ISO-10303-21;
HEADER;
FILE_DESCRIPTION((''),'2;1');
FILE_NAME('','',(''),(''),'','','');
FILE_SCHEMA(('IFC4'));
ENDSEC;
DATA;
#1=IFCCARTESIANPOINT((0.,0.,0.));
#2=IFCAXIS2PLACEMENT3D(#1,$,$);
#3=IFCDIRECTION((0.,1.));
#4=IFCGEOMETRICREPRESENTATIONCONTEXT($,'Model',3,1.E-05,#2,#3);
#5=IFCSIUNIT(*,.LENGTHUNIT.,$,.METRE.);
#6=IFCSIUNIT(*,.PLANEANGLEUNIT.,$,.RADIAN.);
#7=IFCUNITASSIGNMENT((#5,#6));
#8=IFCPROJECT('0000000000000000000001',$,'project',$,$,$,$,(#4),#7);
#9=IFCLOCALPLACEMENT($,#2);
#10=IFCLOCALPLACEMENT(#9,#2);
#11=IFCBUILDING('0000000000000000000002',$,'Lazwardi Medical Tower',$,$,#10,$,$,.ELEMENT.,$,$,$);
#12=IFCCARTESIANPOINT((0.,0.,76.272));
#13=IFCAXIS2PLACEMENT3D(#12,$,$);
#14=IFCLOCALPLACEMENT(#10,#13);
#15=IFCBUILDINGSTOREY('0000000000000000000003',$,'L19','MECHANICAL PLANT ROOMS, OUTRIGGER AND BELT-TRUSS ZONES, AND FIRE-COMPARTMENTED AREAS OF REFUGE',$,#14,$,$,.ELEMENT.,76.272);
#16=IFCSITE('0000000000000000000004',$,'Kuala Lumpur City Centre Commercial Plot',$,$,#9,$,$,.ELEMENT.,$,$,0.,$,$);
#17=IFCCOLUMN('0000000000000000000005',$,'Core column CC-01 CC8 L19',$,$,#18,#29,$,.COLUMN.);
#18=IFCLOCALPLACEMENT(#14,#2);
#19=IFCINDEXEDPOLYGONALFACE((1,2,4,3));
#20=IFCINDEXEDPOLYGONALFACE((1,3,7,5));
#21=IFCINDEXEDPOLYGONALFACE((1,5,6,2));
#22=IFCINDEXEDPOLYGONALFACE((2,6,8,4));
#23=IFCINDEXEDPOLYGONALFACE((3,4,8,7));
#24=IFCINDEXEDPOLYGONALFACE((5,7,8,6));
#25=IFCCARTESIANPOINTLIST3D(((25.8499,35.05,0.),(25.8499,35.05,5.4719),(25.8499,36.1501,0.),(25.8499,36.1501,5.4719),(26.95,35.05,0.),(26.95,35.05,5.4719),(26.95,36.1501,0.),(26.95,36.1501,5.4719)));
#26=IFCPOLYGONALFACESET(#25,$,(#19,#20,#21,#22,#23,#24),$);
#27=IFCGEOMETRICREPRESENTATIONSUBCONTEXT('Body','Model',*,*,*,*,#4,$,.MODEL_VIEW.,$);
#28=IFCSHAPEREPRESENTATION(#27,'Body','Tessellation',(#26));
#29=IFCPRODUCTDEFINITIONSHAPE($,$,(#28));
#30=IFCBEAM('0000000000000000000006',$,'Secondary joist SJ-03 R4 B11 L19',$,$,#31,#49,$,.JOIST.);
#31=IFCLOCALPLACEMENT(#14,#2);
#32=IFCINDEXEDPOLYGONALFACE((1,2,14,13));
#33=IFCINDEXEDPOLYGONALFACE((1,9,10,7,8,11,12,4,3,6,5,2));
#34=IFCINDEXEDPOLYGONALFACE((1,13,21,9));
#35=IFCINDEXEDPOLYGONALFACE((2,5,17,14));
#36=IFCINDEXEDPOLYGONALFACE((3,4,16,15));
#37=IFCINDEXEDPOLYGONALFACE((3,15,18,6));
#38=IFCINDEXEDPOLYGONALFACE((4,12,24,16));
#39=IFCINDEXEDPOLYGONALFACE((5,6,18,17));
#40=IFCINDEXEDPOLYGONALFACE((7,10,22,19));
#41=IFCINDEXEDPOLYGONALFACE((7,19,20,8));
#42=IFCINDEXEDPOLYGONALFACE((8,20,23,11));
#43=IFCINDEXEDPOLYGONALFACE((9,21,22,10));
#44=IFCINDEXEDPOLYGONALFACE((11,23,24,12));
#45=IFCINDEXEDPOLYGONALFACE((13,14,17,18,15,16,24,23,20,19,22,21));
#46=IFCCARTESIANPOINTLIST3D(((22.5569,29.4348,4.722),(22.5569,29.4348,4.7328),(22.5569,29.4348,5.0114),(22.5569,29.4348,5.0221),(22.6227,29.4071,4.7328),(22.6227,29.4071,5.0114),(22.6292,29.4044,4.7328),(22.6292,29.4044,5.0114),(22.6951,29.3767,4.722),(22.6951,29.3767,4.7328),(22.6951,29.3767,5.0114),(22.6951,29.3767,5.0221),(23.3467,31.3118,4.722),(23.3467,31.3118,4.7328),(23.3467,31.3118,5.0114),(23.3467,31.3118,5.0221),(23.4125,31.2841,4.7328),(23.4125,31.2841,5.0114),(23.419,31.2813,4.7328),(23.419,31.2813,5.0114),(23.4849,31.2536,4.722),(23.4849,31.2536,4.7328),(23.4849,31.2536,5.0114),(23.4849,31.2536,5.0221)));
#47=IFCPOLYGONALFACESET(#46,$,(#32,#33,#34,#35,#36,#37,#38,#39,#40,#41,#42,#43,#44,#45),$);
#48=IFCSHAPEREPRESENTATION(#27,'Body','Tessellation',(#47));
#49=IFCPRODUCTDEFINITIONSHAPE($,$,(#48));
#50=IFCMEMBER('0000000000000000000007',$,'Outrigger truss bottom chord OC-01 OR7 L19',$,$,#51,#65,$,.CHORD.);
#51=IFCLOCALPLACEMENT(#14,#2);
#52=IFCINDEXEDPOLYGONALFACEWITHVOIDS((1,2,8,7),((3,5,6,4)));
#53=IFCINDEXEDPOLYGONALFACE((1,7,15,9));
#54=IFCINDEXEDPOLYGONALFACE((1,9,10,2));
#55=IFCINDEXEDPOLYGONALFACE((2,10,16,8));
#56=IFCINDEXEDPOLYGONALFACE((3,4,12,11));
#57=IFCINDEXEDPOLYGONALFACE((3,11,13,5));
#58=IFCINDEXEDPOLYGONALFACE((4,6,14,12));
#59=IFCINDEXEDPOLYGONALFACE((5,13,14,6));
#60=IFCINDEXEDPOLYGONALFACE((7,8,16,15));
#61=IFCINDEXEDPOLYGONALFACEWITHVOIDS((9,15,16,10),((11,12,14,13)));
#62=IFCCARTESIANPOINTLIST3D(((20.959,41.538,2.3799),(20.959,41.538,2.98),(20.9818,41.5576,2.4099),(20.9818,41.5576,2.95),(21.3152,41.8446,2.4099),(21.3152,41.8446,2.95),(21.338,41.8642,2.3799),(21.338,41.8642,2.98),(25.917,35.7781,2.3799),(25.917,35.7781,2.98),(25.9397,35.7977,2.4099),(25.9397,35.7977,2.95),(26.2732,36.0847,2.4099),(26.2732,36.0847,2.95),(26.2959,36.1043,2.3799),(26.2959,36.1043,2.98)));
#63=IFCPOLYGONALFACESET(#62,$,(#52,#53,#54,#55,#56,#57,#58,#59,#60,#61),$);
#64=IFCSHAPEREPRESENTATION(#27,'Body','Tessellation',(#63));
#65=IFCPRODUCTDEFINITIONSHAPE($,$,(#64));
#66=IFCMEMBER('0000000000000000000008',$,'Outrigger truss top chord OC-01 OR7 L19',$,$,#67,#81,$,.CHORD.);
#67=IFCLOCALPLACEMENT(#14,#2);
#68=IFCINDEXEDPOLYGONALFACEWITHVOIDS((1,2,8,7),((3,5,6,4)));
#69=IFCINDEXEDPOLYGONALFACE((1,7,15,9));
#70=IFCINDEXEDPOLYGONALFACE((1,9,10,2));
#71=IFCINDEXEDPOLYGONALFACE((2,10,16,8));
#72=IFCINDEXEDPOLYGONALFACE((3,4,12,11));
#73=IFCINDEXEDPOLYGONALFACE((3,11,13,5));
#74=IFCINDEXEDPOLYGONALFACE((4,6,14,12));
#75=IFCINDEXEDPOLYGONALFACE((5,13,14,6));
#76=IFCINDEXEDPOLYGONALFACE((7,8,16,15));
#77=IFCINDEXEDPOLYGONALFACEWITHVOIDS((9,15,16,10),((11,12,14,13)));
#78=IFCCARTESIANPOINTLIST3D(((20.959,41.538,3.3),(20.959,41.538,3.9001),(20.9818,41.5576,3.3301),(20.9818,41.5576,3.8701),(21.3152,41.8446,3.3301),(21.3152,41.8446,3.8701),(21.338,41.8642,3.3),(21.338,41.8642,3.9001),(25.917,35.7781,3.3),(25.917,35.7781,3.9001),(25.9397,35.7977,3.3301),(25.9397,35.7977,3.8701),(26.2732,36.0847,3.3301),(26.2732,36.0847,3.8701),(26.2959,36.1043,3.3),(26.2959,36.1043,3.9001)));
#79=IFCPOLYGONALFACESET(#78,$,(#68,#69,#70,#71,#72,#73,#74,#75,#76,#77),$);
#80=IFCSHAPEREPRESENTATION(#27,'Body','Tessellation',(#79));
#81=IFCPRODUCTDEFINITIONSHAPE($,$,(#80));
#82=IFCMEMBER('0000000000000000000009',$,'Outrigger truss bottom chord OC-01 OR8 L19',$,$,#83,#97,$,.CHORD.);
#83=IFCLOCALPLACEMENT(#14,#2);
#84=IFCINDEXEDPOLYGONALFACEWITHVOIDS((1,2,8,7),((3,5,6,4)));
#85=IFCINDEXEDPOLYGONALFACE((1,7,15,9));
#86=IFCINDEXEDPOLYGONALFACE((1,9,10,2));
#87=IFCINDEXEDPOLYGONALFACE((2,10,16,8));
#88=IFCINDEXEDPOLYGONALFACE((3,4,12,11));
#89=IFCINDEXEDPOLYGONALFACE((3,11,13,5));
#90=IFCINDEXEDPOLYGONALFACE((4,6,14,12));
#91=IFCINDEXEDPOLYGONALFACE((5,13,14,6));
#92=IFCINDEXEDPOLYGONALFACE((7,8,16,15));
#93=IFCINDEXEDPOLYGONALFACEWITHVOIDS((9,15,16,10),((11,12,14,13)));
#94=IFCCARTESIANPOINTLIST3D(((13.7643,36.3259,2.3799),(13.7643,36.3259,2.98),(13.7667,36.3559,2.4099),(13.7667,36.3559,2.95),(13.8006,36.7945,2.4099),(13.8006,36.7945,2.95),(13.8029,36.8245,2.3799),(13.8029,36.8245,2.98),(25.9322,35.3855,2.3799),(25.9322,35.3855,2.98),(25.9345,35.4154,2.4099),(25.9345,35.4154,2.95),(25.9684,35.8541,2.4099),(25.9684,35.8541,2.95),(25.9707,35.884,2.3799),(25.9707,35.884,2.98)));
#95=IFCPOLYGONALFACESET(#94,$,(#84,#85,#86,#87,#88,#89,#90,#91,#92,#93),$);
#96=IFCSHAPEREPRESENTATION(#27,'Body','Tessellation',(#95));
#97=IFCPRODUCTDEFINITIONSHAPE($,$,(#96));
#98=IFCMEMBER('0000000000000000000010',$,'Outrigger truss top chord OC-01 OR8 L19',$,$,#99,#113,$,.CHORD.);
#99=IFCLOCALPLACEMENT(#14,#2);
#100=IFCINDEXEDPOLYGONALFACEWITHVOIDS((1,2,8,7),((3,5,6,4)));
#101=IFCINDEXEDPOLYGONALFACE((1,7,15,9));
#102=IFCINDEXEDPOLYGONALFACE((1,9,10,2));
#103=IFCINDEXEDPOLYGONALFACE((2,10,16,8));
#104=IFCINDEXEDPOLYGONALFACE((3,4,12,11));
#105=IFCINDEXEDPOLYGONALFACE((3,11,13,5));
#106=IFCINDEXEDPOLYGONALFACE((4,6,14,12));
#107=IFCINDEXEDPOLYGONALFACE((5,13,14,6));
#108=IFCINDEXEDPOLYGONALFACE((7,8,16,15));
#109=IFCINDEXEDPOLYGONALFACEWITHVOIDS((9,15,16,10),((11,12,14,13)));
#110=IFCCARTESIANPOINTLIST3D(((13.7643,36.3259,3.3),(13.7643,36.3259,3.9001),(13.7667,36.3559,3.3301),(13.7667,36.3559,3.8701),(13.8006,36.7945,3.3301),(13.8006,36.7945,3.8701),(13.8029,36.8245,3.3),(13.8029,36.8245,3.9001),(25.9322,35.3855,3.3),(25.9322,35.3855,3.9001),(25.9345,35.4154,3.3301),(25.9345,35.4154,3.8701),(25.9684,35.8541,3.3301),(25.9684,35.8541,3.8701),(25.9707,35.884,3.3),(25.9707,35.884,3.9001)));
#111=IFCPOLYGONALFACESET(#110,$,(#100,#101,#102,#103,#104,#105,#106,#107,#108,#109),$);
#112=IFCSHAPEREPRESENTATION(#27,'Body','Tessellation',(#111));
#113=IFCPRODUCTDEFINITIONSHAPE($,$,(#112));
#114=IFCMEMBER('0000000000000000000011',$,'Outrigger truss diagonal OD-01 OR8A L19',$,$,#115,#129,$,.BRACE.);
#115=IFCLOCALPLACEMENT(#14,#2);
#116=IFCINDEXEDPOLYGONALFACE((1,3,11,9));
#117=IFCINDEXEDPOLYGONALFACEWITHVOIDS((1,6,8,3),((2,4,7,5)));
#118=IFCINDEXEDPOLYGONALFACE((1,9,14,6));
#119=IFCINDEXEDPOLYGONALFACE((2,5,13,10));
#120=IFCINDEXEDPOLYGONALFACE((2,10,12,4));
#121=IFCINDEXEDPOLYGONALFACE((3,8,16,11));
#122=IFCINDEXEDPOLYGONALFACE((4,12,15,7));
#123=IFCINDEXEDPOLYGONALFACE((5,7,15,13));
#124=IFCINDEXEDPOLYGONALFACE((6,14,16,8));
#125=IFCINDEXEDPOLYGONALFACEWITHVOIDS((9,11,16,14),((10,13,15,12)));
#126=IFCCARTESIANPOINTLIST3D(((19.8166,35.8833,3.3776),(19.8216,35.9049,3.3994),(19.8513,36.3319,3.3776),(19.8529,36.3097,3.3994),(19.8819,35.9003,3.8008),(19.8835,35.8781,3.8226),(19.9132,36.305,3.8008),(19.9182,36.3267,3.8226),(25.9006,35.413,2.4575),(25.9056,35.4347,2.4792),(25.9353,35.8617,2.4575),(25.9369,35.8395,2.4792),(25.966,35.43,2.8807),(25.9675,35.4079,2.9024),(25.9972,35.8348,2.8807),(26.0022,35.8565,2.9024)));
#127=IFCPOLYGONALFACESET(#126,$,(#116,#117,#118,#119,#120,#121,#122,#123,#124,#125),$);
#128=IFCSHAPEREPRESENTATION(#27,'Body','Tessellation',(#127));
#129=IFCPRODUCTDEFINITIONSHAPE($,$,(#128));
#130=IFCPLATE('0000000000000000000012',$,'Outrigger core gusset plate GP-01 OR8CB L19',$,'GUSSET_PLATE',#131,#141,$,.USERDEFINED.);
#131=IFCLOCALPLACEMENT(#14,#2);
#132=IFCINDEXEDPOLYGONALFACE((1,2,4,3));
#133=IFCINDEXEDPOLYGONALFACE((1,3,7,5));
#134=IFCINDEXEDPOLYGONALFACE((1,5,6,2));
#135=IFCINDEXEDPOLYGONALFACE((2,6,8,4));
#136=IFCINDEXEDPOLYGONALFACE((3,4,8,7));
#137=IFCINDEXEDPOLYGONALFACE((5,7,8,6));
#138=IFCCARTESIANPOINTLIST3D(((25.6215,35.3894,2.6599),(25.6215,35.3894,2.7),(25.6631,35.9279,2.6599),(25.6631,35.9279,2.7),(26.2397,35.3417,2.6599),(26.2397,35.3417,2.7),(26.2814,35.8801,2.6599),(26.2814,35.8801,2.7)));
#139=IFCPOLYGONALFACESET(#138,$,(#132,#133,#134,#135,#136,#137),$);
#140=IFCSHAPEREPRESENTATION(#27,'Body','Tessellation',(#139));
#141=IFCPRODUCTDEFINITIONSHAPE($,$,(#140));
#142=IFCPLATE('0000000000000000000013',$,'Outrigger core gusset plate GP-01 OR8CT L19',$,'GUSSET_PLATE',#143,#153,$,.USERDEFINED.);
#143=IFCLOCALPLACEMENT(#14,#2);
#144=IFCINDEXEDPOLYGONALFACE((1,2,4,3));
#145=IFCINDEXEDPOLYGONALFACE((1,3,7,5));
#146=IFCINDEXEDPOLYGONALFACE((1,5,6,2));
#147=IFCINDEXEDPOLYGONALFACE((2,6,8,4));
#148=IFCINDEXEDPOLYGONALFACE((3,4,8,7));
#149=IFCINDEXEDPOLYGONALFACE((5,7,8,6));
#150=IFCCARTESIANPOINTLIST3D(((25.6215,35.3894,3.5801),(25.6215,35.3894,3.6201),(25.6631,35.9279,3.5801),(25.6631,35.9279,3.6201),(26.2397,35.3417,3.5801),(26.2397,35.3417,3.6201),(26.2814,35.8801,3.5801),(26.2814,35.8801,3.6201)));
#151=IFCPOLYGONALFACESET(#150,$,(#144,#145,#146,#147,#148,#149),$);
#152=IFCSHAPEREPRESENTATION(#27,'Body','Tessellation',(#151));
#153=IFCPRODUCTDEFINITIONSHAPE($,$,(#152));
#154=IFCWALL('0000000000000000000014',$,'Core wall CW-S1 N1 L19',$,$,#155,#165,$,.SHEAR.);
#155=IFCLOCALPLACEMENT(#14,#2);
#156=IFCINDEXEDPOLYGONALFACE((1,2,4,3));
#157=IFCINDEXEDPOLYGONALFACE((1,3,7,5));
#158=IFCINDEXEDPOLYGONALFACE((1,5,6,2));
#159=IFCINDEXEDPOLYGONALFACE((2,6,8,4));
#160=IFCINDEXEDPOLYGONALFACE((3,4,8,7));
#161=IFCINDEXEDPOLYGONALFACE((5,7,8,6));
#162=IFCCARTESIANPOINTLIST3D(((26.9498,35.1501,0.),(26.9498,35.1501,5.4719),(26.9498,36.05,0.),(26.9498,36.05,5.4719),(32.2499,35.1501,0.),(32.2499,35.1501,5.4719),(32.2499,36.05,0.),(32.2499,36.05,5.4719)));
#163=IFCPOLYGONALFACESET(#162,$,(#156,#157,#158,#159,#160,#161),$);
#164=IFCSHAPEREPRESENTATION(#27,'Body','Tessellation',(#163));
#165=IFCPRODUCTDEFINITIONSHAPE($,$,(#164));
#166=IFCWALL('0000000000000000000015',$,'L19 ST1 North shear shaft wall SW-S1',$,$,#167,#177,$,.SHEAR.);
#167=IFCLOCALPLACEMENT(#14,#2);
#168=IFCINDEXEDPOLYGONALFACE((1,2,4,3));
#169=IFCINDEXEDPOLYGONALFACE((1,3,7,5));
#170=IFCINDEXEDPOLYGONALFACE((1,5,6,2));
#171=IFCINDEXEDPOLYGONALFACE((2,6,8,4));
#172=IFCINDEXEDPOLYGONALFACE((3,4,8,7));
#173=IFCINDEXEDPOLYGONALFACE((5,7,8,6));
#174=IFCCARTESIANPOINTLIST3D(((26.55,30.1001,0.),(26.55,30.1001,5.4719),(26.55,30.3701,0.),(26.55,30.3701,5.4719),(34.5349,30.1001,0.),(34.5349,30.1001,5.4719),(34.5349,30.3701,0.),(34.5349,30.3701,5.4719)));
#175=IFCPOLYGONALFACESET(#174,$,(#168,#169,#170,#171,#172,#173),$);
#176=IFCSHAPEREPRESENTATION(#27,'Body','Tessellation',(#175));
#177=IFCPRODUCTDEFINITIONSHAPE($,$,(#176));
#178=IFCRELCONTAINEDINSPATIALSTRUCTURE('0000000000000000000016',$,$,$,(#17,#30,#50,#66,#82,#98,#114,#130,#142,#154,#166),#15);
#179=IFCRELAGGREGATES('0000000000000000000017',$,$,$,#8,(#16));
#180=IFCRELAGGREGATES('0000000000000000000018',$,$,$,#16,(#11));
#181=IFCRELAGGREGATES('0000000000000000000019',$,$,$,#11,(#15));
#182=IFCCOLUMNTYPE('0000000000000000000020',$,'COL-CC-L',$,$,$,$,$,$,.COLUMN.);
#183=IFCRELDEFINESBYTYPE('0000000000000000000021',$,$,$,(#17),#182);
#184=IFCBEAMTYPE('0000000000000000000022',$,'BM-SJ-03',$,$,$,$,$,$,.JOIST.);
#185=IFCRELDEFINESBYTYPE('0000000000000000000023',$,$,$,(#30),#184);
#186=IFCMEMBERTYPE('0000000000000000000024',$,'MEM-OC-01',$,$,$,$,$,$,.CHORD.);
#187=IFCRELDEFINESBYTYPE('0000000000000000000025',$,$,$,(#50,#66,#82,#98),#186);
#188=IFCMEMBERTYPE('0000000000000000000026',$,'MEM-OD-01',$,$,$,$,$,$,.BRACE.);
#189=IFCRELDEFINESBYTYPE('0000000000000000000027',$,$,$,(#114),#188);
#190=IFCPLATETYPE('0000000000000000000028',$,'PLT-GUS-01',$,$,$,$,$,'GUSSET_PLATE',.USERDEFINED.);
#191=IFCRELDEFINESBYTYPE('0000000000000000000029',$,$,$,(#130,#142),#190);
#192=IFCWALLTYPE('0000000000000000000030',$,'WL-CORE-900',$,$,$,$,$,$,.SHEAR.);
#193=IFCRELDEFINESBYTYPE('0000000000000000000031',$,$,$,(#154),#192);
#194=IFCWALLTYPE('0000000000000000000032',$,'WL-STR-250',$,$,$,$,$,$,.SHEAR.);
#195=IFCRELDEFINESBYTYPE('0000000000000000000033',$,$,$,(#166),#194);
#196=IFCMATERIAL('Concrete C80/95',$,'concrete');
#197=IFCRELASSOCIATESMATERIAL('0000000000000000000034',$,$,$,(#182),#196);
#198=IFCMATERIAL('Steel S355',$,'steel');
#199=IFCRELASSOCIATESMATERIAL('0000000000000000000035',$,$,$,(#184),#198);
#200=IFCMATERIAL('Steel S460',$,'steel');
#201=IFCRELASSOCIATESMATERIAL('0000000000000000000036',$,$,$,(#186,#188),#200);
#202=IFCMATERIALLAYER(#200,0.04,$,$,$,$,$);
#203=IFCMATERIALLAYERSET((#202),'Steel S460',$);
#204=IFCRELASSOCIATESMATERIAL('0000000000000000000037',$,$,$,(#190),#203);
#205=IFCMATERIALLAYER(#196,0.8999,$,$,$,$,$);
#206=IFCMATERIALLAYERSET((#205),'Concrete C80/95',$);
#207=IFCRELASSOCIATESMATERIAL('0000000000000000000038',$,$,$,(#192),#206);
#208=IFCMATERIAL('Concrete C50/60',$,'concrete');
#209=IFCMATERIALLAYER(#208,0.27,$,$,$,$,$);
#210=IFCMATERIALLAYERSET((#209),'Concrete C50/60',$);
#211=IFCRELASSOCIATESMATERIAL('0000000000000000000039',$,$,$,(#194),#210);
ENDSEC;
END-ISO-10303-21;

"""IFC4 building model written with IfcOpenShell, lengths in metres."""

from ifc_helpers import new_model, si_unit, direction, frame, frame_2d, origin, origin_2d, place, context, subcontext, project, spatial, rectangle, hollow_rectangle, i_section, extrude, material, layer, layer_set, material_profile, profile_set, type_object, element, save


model = new_model("IFC4")

# Units and contexts
model_context = context("Model", 3, precision=1e-05, world=origin(), true_north=direction((0.0, 1.0)))
body_context = subcontext(model_context, "Body", "Model", "MODEL_VIEW")
ifc_project = project(units=[si_unit("LENGTHUNIT", "METRE"), si_unit("PLANEANGLEUNIT", "RADIAN")], contexts=[model_context])

# Site, building, storey
site_placement = place(None, origin())
site = spatial("IfcSite", under=ifc_project, at=site_placement, Name="Kuala Lumpur City Centre Commercial Plot", CompositionType="ELEMENT", RefElevation=0.0)
building_placement = place(site_placement, origin())
building = spatial("IfcBuilding", under=site, at=building_placement, Name="Lazwardi Medical Tower", CompositionType="ELEMENT")
storey_placement = place(building_placement, frame((0.0, 0.0, 76.272)))
storey = spatial("IfcBuildingStorey", under=building, at=storey_placement, Name="L19", Description="MECHANICAL PLANT ROOMS, OUTRIGGER AND BELT-TRUSS ZONES, AND FIRE-COMPARTMENTED AREAS OF REFUGE", CompositionType="ELEMENT", Elevation=76.272)

# Column
ifc_material_1 = material(Name="Concrete C80/95", Category="concrete")
ifc_material_profile_1 = material_profile(ifc_material_1, rectangle(XDim=1.1001, YDim=1.1001, at=origin_2d()), Name="RC 1100x1100")
ifc_profile_set_1 = profile_set([ifc_material_profile_1], Name="Concrete C80/95")
column_type = type_object("IfcColumnType", Name="COL-CC-L", PredefinedType="COLUMN", material=ifc_profile_set_1)
column_placement = place(storey_placement, frame((26.3999, 35.6001, 0.0), z_axis=(0.0, 0.0, 1.0), x_axis=(1.0, 0.0, 0.0)))
element("IfcColumn", 1, at=column_placement, inside=storey, type_object=column_type, Name="Core column CC-01 CC8 L19", PredefinedType="COLUMN", context=body_context, shape_type="SweptSolid", body=[
    extrude(rectangle(XDim=1.1001, YDim=1.1001, at=origin_2d()), origin(), (0.0, 0.0, 1.0), 5.4719),
])

# Beam
ifc_material_2 = material(Name="Steel S355", Category="steel")
ifc_material_profile_2 = material_profile(ifc_material_2, i_section(OverallWidth=0.1499, OverallDepth=0.3, WebThickness=0.0071, FlangeThickness=0.0107, at=origin_2d()), Name="IPE 300")
ifc_profile_set_2 = profile_set([ifc_material_profile_2], Name="Steel S355")
beam_type = type_object("IfcBeamType", Name="BM-SJ-03", PredefinedType="JOIST", material=ifc_profile_set_2)
beam_placement = place(storey_placement, frame((23.4158, 31.2827, 4.8721), z_axis=(-0.387848, -0.921723, 0.0), x_axis=(0.921723, -0.387848, 0.0)))
element("IfcBeam", 2, at=beam_placement, inside=storey, type_object=beam_type, Name="Secondary joist SJ-03 R4 B11 L19", PredefinedType="JOIST", context=body_context, shape_type="SweptSolid", body=[
    extrude(i_section(OverallWidth=0.1499, OverallDepth=0.3, WebThickness=0.0071, FlangeThickness=0.0107, at=origin_2d()), origin(), (0.0, 0.0, 1.0), 2.0364),
])

# Members
ifc_material_3 = material(Name="Steel S460", Category="steel")
ifc_material_profile_3 = material_profile(ifc_material_3, hollow_rectangle(XDim=0.5, YDim=0.6001, WallThickness=0.03, at=origin_2d()), Name="RHS 600x500x30")
ifc_profile_set_3 = profile_set([ifc_material_profile_3], Name="Steel S460")
member_type_1 = type_object("IfcMemberType", Name="MEM-OC-01", PredefinedType="CHORD", material=ifc_profile_set_3)
for number, where, z_axis, x_axis, name in (
    (3, (26.1064, 35.9412, 2.6799), (-0.652372, 0.757899, 0.0), (-0.757899, -0.652372, 0.0), "Outrigger truss bottom chord OC-01 OR7 L19"),
    (4, (26.1064, 35.9412, 3.6001), (-0.652372, 0.757899, 0.0), (-0.757899, -0.652372, 0.0), "Outrigger truss top chord OC-01 OR7 L19"),
):
    element("IfcMember", number, at=place(storey_placement, frame(where, z_axis=z_axis, x_axis=x_axis)), inside=storey, type_object=member_type_1, Name=name, PredefinedType="CHORD", context=body_context, shape_type="SweptSolid", body=[
        extrude(hollow_rectangle(XDim=0.5, YDim=0.6001, WallThickness=0.03, at=origin_2d()), origin(), (0.0, 0.0, 1.0), 7.5999),
    ])
for number, where, z_axis, x_axis, name in (
    (5, (25.9514, 35.6348, 2.6799), (-0.997027, 0.077059, 0.0), (-0.077059, -0.997027, 0.0), "Outrigger truss bottom chord OC-01 OR8 L19"),
    (6, (25.9514, 35.6348, 3.6001), (-0.997027, 0.077059, 0.0), (-0.077059, -0.997027, 0.0), "Outrigger truss top chord OC-01 OR8 L19"),
):
    element("IfcMember", number, at=place(storey_placement, frame(where, z_axis=z_axis, x_axis=x_axis)), inside=storey, type_object=member_type_1, Name=name, PredefinedType="CHORD", context=body_context, shape_type="SweptSolid", body=[
        extrude(hollow_rectangle(XDim=0.5, YDim=0.6001, WallThickness=0.03, at=origin_2d()), origin(), (0.0, 0.0, 1.0), 12.2041),
    ])
ifc_material_profile_4 = material_profile(ifc_material_3, hollow_rectangle(XDim=0.45, YDim=0.45, WallThickness=0.022, at=origin_2d()), Name="RHS 450x450x22")
ifc_profile_set_4 = profile_set([ifc_material_profile_4], Name="Steel S460")
member_type_2 = type_object("IfcMemberType", Name="MEM-OD-01", PredefinedType="BRACE", material=ifc_profile_set_4)
member_placement = place(storey_placement, frame((25.9514, 35.6348, 2.6799), z_axis=(-0.985881, 0.076196, 0.149109), x_axis=(-0.077058, -0.997027, 0.0)))
element("IfcMember", 7, at=member_placement, inside=storey, type_object=member_type_2, Name="Outrigger truss diagonal OD-01 OR8A L19", PredefinedType="BRACE", context=body_context, shape_type="SweptSolid", body=[
    extrude(hollow_rectangle(XDim=0.45, YDim=0.45, WallThickness=0.022, at=origin_2d()), origin(), (0.0, 0.0, 1.0), 6.1711),
])

# Plates
ifc_layer_1 = layer(ifc_material_3, 0.04)
ifc_layer_set_1 = layer_set([ifc_layer_1], Name="Steel S460")
plate_type = type_object("IfcPlateType", Name="PLT-GUS-01", ElementType="GUSSET_PLATE", PredefinedType="USERDEFINED", material=ifc_layer_set_1)
for number, where, z_axis, x_axis, name in (
    (8, (25.9514, 35.6348, 2.6599), (0.0, 0.0, 1.0), (-0.997026, 0.077067, 0.0), "Outrigger core gusset plate GP-01 OR8CB L19"),
    (9, (25.9514, 35.6348, 3.5801), (0.0, 0.0, 1.0), (-0.997026, 0.077067, 0.0), "Outrigger core gusset plate GP-01 OR8CT L19"),
):
    element("IfcPlate", number, at=place(storey_placement, frame(where, z_axis=z_axis, x_axis=x_axis)), inside=storey, type_object=plate_type, Name=name, ObjectType="GUSSET_PLATE", PredefinedType="USERDEFINED", context=body_context, shape_type="SweptSolid", body=[
        extrude(rectangle(XDim=0.6201, YDim=0.54, at=origin_2d()), origin(), (0.0, 0.0, 1.0), 0.04),
    ])

# Walls
ifc_layer_2 = layer(ifc_material_1, 0.8999)
ifc_layer_set_2 = layer_set([ifc_layer_2], Name="Concrete C80/95")
wall_type_1 = type_object("IfcWallType", Name="WL-CORE-900", PredefinedType="SHEAR", material=ifc_layer_set_2)
wall_1_placement = place(storey_placement, frame((26.95, 35.6001, 0.0), z_axis=(0.0, 0.0, 1.0), x_axis=(1.0, 0.0, 0.0)))
element("IfcWall", 10, at=wall_1_placement, inside=storey, type_object=wall_type_1, Name="Core wall CW-S1 N1 L19", PredefinedType="SHEAR", context=body_context, shape_type="SweptSolid", body=[
    extrude(rectangle(XDim=5.3, YDim=0.8999, at=frame_2d((2.6499, 0.0))), origin(), (0.0, 0.0, 1.0), 5.4719),
])
ifc_material_4 = material(Name="Concrete C50/60", Category="concrete")
ifc_layer_3 = layer(ifc_material_4, 0.27)
ifc_layer_set_3 = layer_set([ifc_layer_3], Name="Concrete C50/60")
wall_type_2 = type_object("IfcWallType", Name="WL-STR-250", PredefinedType="SHEAR", material=ifc_layer_set_3)
wall_2_placement = place(storey_placement, frame((26.55, 30.2351, 0.0), z_axis=(0.0, 0.0, 1.0), x_axis=(1.0, 0.0, 0.0)))
element("IfcWall", 11, at=wall_2_placement, inside=storey, type_object=wall_type_2, Name="L19 ST1 North shear shaft wall SW-S1", PredefinedType="SHEAR", context=body_context, shape_type="SweptSolid", body=[
    extrude(rectangle(XDim=7.9849, YDim=0.27, at=frame_2d((3.9924, 0.0))), origin(), (0.0, 0.0, 1.0), 5.4719),
])

save(model, "model.ifc")
